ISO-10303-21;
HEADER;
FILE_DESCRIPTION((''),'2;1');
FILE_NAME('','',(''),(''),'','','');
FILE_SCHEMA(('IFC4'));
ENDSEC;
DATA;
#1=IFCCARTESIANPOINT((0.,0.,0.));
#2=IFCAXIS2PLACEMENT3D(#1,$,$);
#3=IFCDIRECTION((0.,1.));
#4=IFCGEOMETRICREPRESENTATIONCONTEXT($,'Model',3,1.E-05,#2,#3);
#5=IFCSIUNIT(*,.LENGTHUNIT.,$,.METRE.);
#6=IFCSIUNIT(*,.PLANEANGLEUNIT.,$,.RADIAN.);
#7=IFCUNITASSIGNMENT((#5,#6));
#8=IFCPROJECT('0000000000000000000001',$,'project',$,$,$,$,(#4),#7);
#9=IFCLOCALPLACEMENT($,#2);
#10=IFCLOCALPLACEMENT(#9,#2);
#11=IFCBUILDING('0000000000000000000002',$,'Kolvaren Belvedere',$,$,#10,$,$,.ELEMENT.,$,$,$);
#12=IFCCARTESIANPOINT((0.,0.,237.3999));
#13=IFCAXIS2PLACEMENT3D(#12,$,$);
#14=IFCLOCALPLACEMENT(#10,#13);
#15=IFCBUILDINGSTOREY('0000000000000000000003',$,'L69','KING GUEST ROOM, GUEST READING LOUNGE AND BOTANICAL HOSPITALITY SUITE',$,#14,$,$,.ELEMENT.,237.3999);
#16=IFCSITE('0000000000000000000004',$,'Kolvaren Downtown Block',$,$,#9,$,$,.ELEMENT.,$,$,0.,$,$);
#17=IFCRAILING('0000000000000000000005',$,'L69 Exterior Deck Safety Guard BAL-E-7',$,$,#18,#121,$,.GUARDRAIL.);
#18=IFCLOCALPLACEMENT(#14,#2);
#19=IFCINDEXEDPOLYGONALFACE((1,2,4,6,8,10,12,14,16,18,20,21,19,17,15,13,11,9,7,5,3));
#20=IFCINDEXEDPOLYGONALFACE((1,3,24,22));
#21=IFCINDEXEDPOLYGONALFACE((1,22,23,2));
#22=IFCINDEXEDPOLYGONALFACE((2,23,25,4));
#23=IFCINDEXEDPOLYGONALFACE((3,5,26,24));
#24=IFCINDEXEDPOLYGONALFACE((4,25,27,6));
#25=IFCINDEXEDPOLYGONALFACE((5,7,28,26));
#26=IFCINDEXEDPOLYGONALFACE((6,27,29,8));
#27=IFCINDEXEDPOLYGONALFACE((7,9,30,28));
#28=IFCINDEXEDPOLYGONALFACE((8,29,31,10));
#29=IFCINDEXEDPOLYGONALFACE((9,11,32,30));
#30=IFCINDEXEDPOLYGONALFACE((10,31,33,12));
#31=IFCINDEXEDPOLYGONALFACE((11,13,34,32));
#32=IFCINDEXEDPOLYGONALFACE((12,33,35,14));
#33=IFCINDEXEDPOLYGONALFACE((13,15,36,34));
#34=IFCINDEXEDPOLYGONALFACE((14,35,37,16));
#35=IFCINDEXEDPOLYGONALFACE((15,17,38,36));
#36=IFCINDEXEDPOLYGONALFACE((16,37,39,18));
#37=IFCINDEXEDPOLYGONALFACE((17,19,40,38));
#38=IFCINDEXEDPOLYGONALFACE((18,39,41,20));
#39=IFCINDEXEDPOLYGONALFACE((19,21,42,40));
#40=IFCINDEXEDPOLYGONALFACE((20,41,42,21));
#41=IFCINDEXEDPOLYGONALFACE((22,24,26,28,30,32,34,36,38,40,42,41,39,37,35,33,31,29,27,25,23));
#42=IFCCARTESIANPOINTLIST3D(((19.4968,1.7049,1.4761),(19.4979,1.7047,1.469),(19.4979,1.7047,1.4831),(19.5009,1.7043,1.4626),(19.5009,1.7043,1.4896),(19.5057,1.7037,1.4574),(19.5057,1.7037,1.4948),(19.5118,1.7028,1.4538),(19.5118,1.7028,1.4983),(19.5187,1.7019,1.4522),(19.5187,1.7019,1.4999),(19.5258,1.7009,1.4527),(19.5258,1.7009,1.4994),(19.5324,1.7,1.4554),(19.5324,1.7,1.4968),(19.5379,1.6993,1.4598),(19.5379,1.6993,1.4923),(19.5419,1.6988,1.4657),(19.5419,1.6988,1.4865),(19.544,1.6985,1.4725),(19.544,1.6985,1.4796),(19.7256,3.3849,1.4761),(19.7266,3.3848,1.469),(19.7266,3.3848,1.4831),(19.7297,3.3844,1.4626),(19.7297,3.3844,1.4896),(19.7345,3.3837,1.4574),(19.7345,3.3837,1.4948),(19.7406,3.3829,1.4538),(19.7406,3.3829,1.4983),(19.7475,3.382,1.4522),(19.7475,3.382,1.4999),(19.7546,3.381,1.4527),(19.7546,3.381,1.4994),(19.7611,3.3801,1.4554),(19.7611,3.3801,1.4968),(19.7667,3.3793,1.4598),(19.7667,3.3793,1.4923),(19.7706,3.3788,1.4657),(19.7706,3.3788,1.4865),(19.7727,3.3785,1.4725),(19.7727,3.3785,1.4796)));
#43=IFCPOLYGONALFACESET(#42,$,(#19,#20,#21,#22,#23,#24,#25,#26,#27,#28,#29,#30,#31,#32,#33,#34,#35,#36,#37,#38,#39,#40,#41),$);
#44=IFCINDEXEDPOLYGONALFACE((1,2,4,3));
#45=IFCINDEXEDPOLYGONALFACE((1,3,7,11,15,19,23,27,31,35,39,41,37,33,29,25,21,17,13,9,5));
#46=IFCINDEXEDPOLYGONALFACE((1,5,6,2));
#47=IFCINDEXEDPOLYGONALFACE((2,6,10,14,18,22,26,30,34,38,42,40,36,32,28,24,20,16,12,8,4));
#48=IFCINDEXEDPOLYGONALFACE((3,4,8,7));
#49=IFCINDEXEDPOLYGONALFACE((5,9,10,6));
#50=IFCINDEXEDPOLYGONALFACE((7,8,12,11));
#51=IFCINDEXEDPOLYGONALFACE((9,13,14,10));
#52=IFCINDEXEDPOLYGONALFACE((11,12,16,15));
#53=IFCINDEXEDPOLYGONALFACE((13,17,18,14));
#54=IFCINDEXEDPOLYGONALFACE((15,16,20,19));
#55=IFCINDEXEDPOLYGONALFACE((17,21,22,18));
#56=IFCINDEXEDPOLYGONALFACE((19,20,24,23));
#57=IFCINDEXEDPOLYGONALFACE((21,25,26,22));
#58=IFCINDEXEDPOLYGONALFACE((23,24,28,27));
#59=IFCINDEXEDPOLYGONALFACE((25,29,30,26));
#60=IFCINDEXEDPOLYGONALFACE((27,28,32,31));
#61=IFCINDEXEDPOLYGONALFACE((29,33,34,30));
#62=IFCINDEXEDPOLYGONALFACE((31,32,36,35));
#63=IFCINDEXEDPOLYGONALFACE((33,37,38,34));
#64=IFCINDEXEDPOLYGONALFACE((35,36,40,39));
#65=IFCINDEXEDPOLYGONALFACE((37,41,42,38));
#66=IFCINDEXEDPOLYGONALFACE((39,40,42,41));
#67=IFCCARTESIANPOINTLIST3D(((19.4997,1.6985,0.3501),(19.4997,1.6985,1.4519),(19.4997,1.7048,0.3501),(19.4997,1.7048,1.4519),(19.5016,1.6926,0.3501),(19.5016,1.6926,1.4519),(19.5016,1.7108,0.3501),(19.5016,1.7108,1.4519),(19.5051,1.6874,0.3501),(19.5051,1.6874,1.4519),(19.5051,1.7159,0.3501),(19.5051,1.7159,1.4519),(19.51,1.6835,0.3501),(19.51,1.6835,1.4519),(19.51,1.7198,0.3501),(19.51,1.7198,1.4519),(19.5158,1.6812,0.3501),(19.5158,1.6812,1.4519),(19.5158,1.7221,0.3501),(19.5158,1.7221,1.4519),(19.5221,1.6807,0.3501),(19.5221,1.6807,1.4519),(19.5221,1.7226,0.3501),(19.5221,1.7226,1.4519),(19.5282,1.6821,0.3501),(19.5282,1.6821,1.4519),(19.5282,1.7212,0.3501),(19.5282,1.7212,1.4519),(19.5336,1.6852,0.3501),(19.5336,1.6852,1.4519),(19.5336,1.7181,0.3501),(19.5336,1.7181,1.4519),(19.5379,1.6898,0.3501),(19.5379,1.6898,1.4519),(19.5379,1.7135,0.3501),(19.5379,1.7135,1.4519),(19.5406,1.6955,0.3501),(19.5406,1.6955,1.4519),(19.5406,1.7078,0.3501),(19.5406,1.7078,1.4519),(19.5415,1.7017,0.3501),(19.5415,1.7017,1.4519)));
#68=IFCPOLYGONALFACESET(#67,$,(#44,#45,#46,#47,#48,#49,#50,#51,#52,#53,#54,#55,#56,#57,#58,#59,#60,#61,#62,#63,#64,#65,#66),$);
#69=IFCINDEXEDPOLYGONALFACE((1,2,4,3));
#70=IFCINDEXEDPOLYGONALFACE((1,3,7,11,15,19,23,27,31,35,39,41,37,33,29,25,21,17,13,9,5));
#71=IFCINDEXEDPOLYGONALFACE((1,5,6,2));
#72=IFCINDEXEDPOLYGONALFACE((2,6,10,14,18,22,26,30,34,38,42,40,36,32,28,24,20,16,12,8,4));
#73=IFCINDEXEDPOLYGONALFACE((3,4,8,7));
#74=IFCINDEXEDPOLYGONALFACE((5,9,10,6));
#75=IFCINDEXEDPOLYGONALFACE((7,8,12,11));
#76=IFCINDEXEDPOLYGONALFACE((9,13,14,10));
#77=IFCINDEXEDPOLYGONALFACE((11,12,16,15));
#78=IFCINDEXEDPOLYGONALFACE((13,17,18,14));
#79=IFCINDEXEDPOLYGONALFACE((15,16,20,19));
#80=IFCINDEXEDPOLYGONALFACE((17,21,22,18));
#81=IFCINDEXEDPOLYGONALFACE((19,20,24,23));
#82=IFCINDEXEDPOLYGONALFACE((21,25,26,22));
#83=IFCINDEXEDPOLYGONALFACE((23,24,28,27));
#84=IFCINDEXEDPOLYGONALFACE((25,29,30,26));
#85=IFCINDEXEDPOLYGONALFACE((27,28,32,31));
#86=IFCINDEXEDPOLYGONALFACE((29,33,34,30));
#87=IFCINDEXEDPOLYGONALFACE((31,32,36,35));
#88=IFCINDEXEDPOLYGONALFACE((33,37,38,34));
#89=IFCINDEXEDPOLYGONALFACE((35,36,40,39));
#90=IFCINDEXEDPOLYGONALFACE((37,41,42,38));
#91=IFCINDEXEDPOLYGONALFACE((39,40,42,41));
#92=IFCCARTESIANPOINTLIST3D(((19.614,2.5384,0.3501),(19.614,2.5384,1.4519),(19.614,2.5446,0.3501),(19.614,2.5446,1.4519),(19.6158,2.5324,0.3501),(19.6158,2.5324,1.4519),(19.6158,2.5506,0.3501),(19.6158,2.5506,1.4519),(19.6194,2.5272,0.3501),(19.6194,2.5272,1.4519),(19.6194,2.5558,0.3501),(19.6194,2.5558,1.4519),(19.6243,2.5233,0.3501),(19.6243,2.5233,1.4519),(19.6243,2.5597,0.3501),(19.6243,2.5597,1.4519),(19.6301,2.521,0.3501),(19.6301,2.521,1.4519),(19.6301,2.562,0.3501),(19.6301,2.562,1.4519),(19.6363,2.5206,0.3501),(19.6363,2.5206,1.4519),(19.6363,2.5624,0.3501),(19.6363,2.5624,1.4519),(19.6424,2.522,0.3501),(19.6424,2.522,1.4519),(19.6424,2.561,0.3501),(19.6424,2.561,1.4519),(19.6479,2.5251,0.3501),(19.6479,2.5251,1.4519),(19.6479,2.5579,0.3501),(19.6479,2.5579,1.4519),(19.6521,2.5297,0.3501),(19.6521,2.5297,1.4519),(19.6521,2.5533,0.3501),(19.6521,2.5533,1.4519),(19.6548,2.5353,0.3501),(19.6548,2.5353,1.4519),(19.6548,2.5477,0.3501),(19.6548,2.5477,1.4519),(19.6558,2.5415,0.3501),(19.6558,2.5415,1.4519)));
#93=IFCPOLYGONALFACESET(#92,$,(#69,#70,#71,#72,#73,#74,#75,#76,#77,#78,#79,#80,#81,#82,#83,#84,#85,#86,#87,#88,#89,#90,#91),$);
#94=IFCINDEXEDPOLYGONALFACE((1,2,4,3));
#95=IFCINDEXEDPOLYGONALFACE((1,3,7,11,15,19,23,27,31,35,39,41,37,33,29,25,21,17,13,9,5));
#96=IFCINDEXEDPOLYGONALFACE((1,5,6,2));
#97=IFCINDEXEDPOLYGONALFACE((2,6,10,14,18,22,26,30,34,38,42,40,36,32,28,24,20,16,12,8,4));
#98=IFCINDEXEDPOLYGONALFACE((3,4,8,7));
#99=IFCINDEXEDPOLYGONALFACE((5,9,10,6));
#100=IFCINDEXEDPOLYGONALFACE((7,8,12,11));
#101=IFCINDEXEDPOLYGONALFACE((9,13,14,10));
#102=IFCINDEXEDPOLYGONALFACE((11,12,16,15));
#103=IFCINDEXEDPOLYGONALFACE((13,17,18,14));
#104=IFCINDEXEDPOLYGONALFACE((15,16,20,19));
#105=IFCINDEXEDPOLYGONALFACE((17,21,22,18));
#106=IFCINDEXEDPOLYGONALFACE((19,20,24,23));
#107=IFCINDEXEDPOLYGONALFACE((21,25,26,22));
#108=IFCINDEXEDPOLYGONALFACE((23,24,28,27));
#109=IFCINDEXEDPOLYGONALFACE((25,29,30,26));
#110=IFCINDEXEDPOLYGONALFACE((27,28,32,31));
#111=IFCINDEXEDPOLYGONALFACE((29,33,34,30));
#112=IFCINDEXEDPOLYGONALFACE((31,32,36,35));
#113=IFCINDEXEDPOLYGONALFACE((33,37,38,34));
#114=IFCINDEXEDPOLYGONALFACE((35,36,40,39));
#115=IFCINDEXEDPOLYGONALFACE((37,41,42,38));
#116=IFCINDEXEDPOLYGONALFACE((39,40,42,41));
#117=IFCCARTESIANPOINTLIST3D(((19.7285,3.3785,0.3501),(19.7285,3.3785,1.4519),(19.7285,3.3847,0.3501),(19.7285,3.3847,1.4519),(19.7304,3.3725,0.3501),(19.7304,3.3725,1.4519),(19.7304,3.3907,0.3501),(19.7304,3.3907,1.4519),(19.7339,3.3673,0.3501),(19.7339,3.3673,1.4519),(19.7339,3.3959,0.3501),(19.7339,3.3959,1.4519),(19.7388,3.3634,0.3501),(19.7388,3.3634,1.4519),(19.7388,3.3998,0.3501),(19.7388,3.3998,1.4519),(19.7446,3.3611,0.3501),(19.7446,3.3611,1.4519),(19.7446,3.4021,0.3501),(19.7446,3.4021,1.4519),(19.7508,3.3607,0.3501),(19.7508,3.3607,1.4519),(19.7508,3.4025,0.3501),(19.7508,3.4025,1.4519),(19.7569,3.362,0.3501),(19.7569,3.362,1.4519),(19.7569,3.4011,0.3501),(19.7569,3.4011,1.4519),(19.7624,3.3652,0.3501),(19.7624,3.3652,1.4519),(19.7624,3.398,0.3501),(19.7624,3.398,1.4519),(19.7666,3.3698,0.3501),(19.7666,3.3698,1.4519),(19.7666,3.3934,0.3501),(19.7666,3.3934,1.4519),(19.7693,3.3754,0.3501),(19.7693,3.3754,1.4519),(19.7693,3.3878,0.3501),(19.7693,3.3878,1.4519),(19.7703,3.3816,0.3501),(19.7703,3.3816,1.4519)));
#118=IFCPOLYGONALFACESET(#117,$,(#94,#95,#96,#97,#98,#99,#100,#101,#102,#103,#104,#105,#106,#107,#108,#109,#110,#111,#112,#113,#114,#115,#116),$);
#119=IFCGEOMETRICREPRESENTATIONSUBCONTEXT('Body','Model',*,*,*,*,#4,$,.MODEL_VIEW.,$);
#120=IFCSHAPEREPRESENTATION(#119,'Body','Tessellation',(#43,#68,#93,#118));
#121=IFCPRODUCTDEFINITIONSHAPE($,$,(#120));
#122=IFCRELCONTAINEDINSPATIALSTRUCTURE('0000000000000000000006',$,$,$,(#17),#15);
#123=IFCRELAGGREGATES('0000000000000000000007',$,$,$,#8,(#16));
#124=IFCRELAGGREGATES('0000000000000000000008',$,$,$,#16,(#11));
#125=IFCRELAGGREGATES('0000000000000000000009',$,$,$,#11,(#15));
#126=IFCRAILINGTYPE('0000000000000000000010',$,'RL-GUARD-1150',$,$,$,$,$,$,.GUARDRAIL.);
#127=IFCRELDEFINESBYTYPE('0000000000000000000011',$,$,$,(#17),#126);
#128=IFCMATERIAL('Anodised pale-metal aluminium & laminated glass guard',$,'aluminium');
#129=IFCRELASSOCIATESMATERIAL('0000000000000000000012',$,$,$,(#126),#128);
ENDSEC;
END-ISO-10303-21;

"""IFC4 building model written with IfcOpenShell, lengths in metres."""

from ifc_helpers import new_model, si_unit, direction, frame, origin, origin_2d, place, context, subcontext, project, spatial, circle, extrude, material, type_object, element, save


model = new_model("IFC4")

# Units and contexts
model_context = context("Model", 3, precision=1e-05, world=origin(), true_north=direction((0.0, 1.0)))
body_context = subcontext(model_context, "Body", "Model", "MODEL_VIEW")
ifc_project = project(units=[si_unit("LENGTHUNIT", "METRE"), si_unit("PLANEANGLEUNIT", "RADIAN")], contexts=[model_context])

# Site, building, storey
site_placement = place(None, origin())
site = spatial("IfcSite", under=ifc_project, at=site_placement, Name="Kolvaren Downtown Block", CompositionType="ELEMENT", RefElevation=0.0)
building_placement = place(site_placement, origin())
building = spatial("IfcBuilding", under=site, at=building_placement, Name="Kolvaren Belvedere", CompositionType="ELEMENT")
storey_placement = place(building_placement, frame((0.0, 0.0, 237.3999)))
storey = spatial("IfcBuildingStorey", under=building, at=storey_placement, Name="L69", Description="KING GUEST ROOM, GUEST READING LOUNGE AND BOTANICAL HOSPITALITY SUITE", CompositionType="ELEMENT", Elevation=237.3999)

# Railing
ifc_material_1 = material(Name="Anodised pale-metal aluminium & laminated glass guard", Category="aluminium")
railing_type = type_object("IfcRailingType", Name="RL-GUARD-1150", PredefinedType="GUARDRAIL", material=ifc_material_1)
railing_1_placement = place(storey_placement, frame((19.5205, 1.7017, 0.3501)))
element("IfcRailing", 1, at=railing_1_placement, inside=storey, type_object=railing_type, Name="L69 Exterior Deck Safety Guard BAL-E-7", PredefinedType="GUARDRAIL", context=body_context, shape_type="SweptSolid", body=[
    extrude(circle(Radius=0.0239, at=origin_2d()), frame((0.0, 0.0, 1.126), z_axis=(0.134927, 0.990856, 0.0), x_axis=(-0.990856, 0.134927, 0.0)), (0.0, 0.0, 1.0), 1.6956),
    extrude(circle(Radius=0.021, at=origin_2d()), origin(), (0.0, 0.0, 1.0), 1.1018),
    extrude(circle(Radius=0.021, at=origin_2d()), frame((0.1143, 0.8398, 0.0)), (0.0, 0.0, 1.0), 1.1018),
    extrude(circle(Radius=0.021, at=origin_2d()), frame((0.2288, 1.6799, 0.0)), (0.0, 0.0, 1.0), 1.1018),
])

save(model, "model.ifc")
